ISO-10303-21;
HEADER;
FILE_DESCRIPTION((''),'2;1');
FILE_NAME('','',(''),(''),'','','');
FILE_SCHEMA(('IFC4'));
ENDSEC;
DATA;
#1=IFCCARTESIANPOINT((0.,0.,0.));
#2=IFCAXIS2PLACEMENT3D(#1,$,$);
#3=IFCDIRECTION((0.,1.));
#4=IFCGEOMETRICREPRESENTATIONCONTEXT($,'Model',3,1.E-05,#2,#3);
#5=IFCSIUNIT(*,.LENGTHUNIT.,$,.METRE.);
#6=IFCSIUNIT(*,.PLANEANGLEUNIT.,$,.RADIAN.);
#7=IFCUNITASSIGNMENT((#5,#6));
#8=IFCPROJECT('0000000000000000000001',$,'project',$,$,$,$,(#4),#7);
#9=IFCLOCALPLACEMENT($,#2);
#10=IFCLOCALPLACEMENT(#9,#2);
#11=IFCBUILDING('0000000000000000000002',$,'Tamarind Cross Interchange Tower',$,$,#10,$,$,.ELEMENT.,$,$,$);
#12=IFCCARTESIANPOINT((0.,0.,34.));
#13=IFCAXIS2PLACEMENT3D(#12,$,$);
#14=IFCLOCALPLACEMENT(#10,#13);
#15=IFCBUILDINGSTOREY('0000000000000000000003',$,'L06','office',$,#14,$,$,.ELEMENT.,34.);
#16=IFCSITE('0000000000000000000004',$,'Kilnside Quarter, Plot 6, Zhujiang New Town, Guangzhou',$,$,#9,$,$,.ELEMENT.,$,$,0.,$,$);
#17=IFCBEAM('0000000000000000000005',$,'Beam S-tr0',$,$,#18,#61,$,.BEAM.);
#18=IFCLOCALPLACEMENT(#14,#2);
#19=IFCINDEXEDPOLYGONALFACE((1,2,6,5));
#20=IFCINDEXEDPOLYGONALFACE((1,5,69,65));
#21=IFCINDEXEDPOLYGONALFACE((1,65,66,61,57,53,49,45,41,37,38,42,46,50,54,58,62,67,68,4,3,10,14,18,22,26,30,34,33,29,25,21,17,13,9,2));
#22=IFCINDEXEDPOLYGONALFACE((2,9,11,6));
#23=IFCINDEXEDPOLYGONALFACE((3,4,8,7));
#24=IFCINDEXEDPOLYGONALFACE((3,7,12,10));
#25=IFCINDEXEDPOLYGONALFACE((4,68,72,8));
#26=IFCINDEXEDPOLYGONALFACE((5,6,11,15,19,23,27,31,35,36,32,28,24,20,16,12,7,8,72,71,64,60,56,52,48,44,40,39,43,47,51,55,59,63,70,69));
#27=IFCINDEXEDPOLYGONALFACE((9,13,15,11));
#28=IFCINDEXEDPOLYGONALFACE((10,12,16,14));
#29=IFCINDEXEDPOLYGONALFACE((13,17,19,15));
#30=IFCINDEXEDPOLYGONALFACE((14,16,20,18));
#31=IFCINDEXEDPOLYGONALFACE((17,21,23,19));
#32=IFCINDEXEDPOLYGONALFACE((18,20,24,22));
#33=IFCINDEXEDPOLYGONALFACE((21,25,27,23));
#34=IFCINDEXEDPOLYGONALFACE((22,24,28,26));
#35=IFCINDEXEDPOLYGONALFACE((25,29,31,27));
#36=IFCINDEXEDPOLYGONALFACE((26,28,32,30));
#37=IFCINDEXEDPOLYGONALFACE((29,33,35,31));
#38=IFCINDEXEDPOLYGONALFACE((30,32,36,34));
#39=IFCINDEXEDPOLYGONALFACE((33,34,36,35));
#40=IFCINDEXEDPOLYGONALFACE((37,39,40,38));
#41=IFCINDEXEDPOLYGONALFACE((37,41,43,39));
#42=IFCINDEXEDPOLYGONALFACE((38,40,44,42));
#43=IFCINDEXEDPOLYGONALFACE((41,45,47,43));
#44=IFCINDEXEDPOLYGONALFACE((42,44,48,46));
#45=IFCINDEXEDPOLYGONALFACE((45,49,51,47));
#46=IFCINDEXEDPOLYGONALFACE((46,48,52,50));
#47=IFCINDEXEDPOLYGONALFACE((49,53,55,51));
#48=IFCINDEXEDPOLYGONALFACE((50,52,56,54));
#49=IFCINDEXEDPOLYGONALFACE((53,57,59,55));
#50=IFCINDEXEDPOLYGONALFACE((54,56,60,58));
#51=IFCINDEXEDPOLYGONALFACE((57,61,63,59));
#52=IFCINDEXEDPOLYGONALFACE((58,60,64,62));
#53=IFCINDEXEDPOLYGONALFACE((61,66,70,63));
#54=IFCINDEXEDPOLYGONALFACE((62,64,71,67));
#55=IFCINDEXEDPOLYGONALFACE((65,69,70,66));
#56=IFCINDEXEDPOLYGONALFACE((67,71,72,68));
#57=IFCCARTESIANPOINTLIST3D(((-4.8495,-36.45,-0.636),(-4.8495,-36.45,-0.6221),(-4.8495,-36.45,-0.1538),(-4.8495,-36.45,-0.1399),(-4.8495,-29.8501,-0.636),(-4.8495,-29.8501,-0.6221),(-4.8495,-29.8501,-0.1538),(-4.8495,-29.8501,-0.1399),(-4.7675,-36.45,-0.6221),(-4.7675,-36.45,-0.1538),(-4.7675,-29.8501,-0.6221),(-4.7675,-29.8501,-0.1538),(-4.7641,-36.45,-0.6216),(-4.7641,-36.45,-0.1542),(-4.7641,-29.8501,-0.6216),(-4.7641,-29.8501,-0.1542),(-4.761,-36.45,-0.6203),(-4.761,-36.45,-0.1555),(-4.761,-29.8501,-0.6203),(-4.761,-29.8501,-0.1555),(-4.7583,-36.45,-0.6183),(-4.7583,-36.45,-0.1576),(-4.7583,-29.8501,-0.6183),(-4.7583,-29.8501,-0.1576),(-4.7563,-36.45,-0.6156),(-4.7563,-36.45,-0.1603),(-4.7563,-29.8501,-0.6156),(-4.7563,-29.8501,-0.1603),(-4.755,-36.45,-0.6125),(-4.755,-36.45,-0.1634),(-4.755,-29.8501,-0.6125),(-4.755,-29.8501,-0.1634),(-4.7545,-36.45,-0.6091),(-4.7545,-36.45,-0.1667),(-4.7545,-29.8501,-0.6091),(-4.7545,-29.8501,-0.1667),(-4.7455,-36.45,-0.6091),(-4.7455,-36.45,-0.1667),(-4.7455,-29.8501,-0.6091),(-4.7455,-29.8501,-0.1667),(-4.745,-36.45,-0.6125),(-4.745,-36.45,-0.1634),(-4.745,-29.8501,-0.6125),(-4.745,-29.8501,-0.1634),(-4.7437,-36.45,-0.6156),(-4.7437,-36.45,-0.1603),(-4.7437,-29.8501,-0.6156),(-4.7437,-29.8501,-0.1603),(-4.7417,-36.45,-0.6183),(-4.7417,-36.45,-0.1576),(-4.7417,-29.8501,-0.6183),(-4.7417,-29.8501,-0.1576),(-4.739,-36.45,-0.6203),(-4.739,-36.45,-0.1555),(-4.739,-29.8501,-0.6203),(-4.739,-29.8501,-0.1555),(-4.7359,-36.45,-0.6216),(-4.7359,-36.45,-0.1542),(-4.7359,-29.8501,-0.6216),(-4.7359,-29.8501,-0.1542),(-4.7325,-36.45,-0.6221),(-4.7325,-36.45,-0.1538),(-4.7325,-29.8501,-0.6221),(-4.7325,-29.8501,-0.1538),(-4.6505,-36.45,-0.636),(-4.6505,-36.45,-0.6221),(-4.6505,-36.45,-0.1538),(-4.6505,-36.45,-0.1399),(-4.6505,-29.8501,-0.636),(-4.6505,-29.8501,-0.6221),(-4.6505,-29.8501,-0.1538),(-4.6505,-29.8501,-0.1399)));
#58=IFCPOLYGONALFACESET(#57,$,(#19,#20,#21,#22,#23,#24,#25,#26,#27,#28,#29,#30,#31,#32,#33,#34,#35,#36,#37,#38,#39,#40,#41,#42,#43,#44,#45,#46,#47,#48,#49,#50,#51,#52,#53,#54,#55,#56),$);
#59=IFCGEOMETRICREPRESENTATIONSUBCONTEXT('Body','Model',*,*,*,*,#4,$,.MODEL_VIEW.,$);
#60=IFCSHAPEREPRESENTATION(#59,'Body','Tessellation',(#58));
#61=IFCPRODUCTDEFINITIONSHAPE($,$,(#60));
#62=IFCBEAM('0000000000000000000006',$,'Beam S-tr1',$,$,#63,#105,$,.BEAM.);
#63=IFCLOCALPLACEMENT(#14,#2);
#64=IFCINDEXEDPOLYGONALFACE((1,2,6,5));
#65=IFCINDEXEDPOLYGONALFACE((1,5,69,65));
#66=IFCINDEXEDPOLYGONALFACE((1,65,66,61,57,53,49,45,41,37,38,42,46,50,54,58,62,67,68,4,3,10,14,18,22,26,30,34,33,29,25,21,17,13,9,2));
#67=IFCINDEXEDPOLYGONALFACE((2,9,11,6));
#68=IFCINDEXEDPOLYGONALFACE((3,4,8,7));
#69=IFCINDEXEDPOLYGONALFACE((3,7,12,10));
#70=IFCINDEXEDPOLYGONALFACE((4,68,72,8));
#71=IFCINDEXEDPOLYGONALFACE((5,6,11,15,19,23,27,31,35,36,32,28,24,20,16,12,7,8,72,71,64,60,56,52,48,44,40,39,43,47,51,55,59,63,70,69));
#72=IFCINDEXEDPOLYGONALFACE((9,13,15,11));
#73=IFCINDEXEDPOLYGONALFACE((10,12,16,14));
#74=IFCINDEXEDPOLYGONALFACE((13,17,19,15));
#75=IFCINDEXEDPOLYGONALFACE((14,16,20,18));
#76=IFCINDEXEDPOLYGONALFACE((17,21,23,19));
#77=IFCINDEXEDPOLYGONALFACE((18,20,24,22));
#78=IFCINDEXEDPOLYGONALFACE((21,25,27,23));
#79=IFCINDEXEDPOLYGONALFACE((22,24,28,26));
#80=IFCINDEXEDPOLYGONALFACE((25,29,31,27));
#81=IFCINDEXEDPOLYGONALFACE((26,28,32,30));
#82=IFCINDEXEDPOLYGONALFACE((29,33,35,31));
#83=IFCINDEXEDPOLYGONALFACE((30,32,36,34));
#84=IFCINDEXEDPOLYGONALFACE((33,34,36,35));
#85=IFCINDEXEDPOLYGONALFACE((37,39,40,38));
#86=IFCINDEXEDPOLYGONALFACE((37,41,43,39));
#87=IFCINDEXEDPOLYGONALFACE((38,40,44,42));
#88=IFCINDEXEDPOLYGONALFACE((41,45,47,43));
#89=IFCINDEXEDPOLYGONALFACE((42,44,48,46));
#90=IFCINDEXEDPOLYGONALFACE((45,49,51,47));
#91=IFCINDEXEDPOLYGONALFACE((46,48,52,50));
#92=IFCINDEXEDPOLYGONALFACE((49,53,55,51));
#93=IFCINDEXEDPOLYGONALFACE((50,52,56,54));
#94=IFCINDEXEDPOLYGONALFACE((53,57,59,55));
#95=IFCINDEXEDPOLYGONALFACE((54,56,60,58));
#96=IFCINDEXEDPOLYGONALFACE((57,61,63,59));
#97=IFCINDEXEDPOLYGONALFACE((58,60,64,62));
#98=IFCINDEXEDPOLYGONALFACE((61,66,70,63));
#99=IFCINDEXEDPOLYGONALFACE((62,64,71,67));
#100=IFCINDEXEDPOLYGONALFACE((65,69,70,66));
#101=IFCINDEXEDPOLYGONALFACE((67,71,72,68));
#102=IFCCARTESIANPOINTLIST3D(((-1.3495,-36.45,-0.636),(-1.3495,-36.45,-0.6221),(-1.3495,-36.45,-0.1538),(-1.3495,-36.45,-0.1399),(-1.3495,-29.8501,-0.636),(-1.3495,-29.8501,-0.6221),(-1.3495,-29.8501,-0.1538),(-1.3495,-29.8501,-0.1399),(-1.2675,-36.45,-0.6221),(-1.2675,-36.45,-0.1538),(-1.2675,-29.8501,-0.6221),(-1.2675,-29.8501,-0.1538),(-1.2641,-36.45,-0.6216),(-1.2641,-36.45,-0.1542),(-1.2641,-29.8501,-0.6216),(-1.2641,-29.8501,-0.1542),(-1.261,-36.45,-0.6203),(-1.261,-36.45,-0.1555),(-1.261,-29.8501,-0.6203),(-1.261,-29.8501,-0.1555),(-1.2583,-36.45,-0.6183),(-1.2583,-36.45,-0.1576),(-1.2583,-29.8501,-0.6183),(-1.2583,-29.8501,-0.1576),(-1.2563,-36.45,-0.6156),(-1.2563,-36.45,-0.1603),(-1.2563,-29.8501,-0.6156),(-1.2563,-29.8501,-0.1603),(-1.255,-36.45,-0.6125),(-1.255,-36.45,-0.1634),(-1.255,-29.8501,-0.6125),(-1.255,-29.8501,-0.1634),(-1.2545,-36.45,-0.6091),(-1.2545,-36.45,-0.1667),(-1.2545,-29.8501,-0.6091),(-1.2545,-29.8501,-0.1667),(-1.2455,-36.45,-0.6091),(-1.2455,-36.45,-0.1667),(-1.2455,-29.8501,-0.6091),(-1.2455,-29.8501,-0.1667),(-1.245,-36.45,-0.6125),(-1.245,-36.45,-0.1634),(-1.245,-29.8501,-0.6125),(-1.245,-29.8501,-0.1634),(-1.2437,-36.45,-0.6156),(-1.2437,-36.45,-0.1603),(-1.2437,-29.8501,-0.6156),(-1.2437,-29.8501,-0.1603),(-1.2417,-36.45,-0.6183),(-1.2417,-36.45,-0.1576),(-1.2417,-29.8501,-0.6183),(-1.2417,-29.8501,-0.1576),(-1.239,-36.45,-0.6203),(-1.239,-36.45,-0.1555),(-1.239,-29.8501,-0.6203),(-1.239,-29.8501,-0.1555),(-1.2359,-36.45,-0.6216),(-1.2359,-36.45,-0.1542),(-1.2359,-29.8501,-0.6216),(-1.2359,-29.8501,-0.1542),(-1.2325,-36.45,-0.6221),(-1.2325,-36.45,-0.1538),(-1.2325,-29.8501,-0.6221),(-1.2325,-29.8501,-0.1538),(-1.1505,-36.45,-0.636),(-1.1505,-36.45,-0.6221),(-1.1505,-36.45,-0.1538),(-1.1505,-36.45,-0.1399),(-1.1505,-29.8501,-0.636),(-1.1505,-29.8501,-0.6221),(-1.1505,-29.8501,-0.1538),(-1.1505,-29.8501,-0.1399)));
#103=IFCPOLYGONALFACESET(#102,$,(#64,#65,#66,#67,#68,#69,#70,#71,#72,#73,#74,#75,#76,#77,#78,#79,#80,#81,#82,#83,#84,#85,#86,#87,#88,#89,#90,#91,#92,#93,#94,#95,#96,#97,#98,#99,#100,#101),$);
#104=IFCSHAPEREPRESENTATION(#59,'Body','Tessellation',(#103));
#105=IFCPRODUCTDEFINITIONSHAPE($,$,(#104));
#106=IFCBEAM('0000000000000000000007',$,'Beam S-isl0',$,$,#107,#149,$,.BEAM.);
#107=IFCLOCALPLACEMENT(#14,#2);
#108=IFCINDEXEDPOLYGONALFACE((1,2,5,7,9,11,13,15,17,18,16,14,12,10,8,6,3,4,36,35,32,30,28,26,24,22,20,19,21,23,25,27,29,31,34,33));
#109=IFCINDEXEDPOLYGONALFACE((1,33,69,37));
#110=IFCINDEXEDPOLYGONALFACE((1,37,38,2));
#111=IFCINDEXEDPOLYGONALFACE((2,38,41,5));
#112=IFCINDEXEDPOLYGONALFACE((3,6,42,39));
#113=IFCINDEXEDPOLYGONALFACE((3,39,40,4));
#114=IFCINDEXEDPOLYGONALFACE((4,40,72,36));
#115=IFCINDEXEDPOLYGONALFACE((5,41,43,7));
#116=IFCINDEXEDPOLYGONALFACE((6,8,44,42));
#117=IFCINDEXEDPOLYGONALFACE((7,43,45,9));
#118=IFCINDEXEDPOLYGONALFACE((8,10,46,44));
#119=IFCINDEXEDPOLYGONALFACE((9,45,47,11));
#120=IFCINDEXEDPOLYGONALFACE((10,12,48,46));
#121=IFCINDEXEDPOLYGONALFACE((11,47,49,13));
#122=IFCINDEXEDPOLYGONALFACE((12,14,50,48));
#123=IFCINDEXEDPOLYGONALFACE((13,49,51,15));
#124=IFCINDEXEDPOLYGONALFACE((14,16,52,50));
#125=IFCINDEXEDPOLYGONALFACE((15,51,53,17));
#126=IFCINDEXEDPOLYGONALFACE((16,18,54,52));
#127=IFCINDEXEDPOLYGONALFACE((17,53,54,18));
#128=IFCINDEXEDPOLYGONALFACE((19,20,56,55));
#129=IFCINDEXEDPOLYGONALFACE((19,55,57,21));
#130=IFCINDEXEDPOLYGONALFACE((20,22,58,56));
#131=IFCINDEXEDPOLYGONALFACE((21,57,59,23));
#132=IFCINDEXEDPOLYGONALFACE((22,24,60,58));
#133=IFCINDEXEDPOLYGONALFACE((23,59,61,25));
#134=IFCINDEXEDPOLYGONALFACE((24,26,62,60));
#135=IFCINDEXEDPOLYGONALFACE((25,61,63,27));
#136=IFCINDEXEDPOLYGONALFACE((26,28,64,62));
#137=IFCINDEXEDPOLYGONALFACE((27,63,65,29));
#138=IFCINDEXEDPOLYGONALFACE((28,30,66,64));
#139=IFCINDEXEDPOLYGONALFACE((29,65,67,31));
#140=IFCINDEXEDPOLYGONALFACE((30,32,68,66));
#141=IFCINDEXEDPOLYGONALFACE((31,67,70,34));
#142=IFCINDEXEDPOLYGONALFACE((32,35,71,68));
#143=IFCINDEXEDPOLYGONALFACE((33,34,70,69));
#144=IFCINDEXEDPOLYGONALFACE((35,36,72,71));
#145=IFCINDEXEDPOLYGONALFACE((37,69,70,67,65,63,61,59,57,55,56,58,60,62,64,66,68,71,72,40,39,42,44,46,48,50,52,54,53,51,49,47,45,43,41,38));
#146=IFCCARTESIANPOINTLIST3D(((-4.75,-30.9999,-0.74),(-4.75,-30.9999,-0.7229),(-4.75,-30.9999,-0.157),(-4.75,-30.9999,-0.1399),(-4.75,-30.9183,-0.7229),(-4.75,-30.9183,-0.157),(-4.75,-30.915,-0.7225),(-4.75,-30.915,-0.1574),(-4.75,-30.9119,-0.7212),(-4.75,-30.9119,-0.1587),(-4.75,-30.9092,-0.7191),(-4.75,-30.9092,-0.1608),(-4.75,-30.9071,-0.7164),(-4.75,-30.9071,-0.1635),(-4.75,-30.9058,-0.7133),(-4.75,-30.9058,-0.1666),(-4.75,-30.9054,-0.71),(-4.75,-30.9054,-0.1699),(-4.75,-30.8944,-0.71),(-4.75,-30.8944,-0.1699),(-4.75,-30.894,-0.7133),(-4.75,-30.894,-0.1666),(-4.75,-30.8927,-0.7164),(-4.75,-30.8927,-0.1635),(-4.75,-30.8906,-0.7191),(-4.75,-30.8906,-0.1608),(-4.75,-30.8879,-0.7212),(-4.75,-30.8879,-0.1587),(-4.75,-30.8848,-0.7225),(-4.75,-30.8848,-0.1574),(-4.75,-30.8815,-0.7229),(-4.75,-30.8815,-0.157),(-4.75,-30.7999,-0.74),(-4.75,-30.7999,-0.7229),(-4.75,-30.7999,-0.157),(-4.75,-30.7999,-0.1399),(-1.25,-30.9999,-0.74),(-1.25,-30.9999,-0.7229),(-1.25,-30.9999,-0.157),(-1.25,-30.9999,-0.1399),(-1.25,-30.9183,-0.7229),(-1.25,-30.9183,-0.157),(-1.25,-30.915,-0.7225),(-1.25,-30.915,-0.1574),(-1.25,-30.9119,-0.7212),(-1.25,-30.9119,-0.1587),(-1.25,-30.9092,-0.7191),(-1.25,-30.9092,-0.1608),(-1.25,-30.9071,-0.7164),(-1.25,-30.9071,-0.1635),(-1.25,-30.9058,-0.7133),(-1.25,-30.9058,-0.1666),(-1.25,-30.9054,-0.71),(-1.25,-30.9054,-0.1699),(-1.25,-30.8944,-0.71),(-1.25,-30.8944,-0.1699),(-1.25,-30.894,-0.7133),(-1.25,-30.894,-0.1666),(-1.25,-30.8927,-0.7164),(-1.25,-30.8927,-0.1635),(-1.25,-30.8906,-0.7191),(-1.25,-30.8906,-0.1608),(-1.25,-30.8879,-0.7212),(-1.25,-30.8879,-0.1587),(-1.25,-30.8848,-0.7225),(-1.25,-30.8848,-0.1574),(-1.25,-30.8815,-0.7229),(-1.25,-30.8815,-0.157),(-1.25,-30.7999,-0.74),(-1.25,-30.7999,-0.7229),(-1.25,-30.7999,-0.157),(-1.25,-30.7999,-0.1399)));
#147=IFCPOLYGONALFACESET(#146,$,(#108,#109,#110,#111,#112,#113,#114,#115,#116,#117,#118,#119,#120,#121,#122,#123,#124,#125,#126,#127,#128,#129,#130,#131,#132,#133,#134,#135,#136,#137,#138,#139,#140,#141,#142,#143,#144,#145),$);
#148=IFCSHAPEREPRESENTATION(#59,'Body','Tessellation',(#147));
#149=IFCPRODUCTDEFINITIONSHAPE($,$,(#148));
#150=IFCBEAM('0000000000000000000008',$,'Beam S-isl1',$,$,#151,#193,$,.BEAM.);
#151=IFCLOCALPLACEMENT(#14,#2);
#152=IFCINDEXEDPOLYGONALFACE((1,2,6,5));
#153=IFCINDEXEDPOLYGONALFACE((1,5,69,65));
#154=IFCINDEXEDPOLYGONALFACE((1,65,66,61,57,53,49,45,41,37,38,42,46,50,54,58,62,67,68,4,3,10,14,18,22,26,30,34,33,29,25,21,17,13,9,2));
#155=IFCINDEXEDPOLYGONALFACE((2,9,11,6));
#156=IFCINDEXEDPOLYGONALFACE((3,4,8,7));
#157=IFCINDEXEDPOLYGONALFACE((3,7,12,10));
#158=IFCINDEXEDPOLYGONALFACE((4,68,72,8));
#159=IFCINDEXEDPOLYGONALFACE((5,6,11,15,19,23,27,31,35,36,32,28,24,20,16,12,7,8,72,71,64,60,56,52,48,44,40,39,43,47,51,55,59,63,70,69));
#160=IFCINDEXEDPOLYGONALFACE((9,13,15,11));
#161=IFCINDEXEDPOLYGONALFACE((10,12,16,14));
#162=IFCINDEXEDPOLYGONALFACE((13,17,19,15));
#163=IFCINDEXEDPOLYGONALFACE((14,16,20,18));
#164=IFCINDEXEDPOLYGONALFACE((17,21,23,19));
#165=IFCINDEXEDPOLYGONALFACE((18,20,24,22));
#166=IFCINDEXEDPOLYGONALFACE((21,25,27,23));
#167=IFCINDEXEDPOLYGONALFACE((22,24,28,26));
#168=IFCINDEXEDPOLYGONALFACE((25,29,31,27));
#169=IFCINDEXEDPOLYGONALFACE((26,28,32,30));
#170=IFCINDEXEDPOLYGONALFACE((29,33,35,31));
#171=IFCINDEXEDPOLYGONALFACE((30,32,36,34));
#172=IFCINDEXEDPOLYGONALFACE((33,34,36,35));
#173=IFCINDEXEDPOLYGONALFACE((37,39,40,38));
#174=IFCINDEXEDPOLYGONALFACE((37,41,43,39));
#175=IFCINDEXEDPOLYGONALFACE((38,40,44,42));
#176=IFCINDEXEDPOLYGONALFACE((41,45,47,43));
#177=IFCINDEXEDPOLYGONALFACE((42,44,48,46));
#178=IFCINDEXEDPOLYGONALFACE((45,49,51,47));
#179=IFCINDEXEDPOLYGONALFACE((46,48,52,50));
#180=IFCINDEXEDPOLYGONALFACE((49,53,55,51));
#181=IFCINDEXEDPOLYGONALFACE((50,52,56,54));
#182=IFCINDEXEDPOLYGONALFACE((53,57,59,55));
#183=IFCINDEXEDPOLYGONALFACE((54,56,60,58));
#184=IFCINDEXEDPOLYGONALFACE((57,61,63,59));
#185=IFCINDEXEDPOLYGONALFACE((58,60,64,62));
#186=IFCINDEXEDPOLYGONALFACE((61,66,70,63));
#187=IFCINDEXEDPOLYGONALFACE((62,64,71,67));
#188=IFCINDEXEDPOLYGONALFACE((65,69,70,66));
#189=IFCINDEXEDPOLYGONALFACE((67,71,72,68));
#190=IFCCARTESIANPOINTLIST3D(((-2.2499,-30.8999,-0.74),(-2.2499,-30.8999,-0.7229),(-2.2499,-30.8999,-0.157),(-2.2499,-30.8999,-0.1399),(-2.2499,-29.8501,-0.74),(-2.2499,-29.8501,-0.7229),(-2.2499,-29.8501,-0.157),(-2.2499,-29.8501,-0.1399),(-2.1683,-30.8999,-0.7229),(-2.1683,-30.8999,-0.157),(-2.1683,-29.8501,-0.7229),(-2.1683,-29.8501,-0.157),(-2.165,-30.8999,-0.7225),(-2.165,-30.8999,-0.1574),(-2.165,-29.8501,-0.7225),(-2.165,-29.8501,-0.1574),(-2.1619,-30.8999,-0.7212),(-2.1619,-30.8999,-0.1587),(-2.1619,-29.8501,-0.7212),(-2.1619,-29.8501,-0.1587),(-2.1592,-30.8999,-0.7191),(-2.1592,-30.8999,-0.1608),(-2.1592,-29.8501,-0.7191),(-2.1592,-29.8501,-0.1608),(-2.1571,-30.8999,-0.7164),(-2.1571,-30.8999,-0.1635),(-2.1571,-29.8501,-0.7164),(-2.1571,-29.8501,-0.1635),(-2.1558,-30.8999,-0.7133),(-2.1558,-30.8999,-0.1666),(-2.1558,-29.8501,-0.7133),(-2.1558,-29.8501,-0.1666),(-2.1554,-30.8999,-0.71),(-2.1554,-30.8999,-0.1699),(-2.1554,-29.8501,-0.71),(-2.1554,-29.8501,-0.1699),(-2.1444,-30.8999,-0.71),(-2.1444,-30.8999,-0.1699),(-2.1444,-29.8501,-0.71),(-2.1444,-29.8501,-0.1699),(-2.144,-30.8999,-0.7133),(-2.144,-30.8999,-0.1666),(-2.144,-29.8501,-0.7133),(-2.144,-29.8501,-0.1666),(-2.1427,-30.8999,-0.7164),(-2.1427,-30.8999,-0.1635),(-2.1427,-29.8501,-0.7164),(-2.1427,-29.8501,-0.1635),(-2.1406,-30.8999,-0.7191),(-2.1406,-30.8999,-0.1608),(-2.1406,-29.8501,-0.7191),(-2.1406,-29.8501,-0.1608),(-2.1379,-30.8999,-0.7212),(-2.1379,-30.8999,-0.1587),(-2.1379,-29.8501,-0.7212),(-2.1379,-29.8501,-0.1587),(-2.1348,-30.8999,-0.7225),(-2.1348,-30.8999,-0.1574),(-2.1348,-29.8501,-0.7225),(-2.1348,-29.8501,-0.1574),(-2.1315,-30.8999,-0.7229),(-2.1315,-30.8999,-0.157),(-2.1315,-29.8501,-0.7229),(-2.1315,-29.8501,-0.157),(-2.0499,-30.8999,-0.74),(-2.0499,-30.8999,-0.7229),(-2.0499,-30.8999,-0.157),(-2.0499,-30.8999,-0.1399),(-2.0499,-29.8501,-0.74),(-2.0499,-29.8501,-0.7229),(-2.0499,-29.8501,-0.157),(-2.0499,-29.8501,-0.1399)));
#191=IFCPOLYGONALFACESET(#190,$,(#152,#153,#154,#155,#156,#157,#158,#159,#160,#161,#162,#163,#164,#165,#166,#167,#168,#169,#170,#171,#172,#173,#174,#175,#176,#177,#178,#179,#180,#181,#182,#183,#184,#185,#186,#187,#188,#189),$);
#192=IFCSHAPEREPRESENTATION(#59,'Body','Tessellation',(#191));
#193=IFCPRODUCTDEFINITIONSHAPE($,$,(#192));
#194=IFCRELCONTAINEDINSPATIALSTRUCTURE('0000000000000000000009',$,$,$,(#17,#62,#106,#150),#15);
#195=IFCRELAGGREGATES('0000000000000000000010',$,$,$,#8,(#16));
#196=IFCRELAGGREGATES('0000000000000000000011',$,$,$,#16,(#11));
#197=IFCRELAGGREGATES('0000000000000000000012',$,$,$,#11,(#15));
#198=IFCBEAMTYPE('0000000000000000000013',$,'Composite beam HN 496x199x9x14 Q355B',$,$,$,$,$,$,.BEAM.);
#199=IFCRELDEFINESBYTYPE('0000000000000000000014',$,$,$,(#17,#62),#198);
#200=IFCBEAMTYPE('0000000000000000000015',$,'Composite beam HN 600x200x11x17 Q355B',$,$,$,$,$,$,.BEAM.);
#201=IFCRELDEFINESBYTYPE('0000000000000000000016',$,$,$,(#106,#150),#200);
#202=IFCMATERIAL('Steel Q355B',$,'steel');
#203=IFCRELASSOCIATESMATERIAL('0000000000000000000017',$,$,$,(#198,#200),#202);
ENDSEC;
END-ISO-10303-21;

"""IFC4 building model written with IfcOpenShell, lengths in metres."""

from ifc_helpers import new_model, si_unit, direction, frame, origin, origin_2d, place, context, subcontext, project, spatial, i_section, extrude, material, material_profile, profile_set, type_object, element, save


model = new_model("IFC4")

# Units and contexts
model_context = context("Model", 3, precision=1e-05, world=origin(), true_north=direction((0.0, 1.0)))
body_context = subcontext(model_context, "Body", "Model", "MODEL_VIEW")
ifc_project = project(units=[si_unit("LENGTHUNIT", "METRE"), si_unit("PLANEANGLEUNIT", "RADIAN")], contexts=[model_context])

# Site, building, storey
site_placement = place(None, origin())
site = spatial("IfcSite", under=ifc_project, at=site_placement, Name="Kilnside Quarter, Plot 6, Zhujiang New Town, Guangzhou", CompositionType="ELEMENT", RefElevation=0.0)
building_placement = place(site_placement, origin())
building = spatial("IfcBuilding", under=site, at=building_placement, Name="Tamarind Cross Interchange Tower", CompositionType="ELEMENT")
storey_placement = place(building_placement, frame((0.0, 0.0, 34.0)))
storey = spatial("IfcBuildingStorey", under=building, at=storey_placement, Name="L06", Description="office", CompositionType="ELEMENT", Elevation=34.0)

# Beams
ifc_material_1 = material(Name="Steel Q355B", Category="steel")
ifc_material_profile_1 = material_profile(ifc_material_1, i_section(OverallWidth=0.199, OverallDepth=0.4961, WebThickness=0.009, FlangeThickness=0.0139, FilletRadius=0.0129, at=origin_2d()), Name="HN 496x199x9x14")
ifc_profile_set_1 = profile_set([ifc_material_profile_1], Name="Steel Q355B")
beam_type_1 = type_object("IfcBeamType", Name="Composite beam HN 496x199x9x14 Q355B", PredefinedType="BEAM", material=ifc_profile_set_1)
for number, where, z_axis, x_axis, name in (
    (1, (-4.75, -29.8501, -0.3879), (0.0, -1.0, 0.0), (1.0, 0.0, 0.0), "Beam S-tr0"),
    (2, (-1.25, -29.8501, -0.3879), (0.0, -1.0, 0.0), (1.0, 0.0, 0.0), "Beam S-tr1"),
):
    element("IfcBeam", number, at=place(storey_placement, frame(where, z_axis=z_axis, x_axis=x_axis)), inside=storey, type_object=beam_type_1, Name=name, PredefinedType="BEAM", context=body_context, shape_type="SweptSolid", body=[
        extrude(i_section(OverallWidth=0.199, OverallDepth=0.4961, WebThickness=0.009, FlangeThickness=0.0139, FilletRadius=0.0129, at=origin_2d()), origin(), (0.0, 0.0, 1.0), 6.5999),
    ])
ifc_material_profile_2 = material_profile(ifc_material_1, i_section(OverallWidth=0.2, OverallDepth=0.6001, WebThickness=0.011, FlangeThickness=0.0171, FilletRadius=0.0129, at=origin_2d()), Name="HN 600x200x11x17")
ifc_profile_set_2 = profile_set([ifc_material_profile_2], Name="Steel Q355B")
beam_type_2 = type_object("IfcBeamType", Name="Composite beam HN 600x200x11x17 Q355B", PredefinedType="BEAM", material=ifc_profile_set_2)
beam_1_placement = place(storey_placement, frame((-4.75, -30.8999, -0.4399), z_axis=(1.0, 0.0, 0.0), x_axis=(0.0, 1.0, 0.0)))
element("IfcBeam", 3, at=beam_1_placement, inside=storey, type_object=beam_type_2, Name="Beam S-isl0", PredefinedType="BEAM", context=body_context, shape_type="SweptSolid", body=[
    extrude(i_section(OverallWidth=0.2, OverallDepth=0.6001, WebThickness=0.011, FlangeThickness=0.0171, FilletRadius=0.0129, at=origin_2d()), origin(), (0.0, 0.0, 1.0), 3.5),
])
beam_2_placement = place(storey_placement, frame((-2.1499, -29.8501, -0.4399), z_axis=(0.0, -1.0, 0.0), x_axis=(1.0, 0.0, 0.0)))
element("IfcBeam", 4, at=beam_2_placement, inside=storey, type_object=beam_type_2, Name="Beam S-isl1", PredefinedType="BEAM", context=body_context, shape_type="SweptSolid", body=[
    extrude(i_section(OverallWidth=0.2, OverallDepth=0.6001, WebThickness=0.011, FlangeThickness=0.0171, FilletRadius=0.0129, at=origin_2d()), origin(), (0.0, 0.0, 1.0), 1.0498),
])

save(model, "model.ifc")
